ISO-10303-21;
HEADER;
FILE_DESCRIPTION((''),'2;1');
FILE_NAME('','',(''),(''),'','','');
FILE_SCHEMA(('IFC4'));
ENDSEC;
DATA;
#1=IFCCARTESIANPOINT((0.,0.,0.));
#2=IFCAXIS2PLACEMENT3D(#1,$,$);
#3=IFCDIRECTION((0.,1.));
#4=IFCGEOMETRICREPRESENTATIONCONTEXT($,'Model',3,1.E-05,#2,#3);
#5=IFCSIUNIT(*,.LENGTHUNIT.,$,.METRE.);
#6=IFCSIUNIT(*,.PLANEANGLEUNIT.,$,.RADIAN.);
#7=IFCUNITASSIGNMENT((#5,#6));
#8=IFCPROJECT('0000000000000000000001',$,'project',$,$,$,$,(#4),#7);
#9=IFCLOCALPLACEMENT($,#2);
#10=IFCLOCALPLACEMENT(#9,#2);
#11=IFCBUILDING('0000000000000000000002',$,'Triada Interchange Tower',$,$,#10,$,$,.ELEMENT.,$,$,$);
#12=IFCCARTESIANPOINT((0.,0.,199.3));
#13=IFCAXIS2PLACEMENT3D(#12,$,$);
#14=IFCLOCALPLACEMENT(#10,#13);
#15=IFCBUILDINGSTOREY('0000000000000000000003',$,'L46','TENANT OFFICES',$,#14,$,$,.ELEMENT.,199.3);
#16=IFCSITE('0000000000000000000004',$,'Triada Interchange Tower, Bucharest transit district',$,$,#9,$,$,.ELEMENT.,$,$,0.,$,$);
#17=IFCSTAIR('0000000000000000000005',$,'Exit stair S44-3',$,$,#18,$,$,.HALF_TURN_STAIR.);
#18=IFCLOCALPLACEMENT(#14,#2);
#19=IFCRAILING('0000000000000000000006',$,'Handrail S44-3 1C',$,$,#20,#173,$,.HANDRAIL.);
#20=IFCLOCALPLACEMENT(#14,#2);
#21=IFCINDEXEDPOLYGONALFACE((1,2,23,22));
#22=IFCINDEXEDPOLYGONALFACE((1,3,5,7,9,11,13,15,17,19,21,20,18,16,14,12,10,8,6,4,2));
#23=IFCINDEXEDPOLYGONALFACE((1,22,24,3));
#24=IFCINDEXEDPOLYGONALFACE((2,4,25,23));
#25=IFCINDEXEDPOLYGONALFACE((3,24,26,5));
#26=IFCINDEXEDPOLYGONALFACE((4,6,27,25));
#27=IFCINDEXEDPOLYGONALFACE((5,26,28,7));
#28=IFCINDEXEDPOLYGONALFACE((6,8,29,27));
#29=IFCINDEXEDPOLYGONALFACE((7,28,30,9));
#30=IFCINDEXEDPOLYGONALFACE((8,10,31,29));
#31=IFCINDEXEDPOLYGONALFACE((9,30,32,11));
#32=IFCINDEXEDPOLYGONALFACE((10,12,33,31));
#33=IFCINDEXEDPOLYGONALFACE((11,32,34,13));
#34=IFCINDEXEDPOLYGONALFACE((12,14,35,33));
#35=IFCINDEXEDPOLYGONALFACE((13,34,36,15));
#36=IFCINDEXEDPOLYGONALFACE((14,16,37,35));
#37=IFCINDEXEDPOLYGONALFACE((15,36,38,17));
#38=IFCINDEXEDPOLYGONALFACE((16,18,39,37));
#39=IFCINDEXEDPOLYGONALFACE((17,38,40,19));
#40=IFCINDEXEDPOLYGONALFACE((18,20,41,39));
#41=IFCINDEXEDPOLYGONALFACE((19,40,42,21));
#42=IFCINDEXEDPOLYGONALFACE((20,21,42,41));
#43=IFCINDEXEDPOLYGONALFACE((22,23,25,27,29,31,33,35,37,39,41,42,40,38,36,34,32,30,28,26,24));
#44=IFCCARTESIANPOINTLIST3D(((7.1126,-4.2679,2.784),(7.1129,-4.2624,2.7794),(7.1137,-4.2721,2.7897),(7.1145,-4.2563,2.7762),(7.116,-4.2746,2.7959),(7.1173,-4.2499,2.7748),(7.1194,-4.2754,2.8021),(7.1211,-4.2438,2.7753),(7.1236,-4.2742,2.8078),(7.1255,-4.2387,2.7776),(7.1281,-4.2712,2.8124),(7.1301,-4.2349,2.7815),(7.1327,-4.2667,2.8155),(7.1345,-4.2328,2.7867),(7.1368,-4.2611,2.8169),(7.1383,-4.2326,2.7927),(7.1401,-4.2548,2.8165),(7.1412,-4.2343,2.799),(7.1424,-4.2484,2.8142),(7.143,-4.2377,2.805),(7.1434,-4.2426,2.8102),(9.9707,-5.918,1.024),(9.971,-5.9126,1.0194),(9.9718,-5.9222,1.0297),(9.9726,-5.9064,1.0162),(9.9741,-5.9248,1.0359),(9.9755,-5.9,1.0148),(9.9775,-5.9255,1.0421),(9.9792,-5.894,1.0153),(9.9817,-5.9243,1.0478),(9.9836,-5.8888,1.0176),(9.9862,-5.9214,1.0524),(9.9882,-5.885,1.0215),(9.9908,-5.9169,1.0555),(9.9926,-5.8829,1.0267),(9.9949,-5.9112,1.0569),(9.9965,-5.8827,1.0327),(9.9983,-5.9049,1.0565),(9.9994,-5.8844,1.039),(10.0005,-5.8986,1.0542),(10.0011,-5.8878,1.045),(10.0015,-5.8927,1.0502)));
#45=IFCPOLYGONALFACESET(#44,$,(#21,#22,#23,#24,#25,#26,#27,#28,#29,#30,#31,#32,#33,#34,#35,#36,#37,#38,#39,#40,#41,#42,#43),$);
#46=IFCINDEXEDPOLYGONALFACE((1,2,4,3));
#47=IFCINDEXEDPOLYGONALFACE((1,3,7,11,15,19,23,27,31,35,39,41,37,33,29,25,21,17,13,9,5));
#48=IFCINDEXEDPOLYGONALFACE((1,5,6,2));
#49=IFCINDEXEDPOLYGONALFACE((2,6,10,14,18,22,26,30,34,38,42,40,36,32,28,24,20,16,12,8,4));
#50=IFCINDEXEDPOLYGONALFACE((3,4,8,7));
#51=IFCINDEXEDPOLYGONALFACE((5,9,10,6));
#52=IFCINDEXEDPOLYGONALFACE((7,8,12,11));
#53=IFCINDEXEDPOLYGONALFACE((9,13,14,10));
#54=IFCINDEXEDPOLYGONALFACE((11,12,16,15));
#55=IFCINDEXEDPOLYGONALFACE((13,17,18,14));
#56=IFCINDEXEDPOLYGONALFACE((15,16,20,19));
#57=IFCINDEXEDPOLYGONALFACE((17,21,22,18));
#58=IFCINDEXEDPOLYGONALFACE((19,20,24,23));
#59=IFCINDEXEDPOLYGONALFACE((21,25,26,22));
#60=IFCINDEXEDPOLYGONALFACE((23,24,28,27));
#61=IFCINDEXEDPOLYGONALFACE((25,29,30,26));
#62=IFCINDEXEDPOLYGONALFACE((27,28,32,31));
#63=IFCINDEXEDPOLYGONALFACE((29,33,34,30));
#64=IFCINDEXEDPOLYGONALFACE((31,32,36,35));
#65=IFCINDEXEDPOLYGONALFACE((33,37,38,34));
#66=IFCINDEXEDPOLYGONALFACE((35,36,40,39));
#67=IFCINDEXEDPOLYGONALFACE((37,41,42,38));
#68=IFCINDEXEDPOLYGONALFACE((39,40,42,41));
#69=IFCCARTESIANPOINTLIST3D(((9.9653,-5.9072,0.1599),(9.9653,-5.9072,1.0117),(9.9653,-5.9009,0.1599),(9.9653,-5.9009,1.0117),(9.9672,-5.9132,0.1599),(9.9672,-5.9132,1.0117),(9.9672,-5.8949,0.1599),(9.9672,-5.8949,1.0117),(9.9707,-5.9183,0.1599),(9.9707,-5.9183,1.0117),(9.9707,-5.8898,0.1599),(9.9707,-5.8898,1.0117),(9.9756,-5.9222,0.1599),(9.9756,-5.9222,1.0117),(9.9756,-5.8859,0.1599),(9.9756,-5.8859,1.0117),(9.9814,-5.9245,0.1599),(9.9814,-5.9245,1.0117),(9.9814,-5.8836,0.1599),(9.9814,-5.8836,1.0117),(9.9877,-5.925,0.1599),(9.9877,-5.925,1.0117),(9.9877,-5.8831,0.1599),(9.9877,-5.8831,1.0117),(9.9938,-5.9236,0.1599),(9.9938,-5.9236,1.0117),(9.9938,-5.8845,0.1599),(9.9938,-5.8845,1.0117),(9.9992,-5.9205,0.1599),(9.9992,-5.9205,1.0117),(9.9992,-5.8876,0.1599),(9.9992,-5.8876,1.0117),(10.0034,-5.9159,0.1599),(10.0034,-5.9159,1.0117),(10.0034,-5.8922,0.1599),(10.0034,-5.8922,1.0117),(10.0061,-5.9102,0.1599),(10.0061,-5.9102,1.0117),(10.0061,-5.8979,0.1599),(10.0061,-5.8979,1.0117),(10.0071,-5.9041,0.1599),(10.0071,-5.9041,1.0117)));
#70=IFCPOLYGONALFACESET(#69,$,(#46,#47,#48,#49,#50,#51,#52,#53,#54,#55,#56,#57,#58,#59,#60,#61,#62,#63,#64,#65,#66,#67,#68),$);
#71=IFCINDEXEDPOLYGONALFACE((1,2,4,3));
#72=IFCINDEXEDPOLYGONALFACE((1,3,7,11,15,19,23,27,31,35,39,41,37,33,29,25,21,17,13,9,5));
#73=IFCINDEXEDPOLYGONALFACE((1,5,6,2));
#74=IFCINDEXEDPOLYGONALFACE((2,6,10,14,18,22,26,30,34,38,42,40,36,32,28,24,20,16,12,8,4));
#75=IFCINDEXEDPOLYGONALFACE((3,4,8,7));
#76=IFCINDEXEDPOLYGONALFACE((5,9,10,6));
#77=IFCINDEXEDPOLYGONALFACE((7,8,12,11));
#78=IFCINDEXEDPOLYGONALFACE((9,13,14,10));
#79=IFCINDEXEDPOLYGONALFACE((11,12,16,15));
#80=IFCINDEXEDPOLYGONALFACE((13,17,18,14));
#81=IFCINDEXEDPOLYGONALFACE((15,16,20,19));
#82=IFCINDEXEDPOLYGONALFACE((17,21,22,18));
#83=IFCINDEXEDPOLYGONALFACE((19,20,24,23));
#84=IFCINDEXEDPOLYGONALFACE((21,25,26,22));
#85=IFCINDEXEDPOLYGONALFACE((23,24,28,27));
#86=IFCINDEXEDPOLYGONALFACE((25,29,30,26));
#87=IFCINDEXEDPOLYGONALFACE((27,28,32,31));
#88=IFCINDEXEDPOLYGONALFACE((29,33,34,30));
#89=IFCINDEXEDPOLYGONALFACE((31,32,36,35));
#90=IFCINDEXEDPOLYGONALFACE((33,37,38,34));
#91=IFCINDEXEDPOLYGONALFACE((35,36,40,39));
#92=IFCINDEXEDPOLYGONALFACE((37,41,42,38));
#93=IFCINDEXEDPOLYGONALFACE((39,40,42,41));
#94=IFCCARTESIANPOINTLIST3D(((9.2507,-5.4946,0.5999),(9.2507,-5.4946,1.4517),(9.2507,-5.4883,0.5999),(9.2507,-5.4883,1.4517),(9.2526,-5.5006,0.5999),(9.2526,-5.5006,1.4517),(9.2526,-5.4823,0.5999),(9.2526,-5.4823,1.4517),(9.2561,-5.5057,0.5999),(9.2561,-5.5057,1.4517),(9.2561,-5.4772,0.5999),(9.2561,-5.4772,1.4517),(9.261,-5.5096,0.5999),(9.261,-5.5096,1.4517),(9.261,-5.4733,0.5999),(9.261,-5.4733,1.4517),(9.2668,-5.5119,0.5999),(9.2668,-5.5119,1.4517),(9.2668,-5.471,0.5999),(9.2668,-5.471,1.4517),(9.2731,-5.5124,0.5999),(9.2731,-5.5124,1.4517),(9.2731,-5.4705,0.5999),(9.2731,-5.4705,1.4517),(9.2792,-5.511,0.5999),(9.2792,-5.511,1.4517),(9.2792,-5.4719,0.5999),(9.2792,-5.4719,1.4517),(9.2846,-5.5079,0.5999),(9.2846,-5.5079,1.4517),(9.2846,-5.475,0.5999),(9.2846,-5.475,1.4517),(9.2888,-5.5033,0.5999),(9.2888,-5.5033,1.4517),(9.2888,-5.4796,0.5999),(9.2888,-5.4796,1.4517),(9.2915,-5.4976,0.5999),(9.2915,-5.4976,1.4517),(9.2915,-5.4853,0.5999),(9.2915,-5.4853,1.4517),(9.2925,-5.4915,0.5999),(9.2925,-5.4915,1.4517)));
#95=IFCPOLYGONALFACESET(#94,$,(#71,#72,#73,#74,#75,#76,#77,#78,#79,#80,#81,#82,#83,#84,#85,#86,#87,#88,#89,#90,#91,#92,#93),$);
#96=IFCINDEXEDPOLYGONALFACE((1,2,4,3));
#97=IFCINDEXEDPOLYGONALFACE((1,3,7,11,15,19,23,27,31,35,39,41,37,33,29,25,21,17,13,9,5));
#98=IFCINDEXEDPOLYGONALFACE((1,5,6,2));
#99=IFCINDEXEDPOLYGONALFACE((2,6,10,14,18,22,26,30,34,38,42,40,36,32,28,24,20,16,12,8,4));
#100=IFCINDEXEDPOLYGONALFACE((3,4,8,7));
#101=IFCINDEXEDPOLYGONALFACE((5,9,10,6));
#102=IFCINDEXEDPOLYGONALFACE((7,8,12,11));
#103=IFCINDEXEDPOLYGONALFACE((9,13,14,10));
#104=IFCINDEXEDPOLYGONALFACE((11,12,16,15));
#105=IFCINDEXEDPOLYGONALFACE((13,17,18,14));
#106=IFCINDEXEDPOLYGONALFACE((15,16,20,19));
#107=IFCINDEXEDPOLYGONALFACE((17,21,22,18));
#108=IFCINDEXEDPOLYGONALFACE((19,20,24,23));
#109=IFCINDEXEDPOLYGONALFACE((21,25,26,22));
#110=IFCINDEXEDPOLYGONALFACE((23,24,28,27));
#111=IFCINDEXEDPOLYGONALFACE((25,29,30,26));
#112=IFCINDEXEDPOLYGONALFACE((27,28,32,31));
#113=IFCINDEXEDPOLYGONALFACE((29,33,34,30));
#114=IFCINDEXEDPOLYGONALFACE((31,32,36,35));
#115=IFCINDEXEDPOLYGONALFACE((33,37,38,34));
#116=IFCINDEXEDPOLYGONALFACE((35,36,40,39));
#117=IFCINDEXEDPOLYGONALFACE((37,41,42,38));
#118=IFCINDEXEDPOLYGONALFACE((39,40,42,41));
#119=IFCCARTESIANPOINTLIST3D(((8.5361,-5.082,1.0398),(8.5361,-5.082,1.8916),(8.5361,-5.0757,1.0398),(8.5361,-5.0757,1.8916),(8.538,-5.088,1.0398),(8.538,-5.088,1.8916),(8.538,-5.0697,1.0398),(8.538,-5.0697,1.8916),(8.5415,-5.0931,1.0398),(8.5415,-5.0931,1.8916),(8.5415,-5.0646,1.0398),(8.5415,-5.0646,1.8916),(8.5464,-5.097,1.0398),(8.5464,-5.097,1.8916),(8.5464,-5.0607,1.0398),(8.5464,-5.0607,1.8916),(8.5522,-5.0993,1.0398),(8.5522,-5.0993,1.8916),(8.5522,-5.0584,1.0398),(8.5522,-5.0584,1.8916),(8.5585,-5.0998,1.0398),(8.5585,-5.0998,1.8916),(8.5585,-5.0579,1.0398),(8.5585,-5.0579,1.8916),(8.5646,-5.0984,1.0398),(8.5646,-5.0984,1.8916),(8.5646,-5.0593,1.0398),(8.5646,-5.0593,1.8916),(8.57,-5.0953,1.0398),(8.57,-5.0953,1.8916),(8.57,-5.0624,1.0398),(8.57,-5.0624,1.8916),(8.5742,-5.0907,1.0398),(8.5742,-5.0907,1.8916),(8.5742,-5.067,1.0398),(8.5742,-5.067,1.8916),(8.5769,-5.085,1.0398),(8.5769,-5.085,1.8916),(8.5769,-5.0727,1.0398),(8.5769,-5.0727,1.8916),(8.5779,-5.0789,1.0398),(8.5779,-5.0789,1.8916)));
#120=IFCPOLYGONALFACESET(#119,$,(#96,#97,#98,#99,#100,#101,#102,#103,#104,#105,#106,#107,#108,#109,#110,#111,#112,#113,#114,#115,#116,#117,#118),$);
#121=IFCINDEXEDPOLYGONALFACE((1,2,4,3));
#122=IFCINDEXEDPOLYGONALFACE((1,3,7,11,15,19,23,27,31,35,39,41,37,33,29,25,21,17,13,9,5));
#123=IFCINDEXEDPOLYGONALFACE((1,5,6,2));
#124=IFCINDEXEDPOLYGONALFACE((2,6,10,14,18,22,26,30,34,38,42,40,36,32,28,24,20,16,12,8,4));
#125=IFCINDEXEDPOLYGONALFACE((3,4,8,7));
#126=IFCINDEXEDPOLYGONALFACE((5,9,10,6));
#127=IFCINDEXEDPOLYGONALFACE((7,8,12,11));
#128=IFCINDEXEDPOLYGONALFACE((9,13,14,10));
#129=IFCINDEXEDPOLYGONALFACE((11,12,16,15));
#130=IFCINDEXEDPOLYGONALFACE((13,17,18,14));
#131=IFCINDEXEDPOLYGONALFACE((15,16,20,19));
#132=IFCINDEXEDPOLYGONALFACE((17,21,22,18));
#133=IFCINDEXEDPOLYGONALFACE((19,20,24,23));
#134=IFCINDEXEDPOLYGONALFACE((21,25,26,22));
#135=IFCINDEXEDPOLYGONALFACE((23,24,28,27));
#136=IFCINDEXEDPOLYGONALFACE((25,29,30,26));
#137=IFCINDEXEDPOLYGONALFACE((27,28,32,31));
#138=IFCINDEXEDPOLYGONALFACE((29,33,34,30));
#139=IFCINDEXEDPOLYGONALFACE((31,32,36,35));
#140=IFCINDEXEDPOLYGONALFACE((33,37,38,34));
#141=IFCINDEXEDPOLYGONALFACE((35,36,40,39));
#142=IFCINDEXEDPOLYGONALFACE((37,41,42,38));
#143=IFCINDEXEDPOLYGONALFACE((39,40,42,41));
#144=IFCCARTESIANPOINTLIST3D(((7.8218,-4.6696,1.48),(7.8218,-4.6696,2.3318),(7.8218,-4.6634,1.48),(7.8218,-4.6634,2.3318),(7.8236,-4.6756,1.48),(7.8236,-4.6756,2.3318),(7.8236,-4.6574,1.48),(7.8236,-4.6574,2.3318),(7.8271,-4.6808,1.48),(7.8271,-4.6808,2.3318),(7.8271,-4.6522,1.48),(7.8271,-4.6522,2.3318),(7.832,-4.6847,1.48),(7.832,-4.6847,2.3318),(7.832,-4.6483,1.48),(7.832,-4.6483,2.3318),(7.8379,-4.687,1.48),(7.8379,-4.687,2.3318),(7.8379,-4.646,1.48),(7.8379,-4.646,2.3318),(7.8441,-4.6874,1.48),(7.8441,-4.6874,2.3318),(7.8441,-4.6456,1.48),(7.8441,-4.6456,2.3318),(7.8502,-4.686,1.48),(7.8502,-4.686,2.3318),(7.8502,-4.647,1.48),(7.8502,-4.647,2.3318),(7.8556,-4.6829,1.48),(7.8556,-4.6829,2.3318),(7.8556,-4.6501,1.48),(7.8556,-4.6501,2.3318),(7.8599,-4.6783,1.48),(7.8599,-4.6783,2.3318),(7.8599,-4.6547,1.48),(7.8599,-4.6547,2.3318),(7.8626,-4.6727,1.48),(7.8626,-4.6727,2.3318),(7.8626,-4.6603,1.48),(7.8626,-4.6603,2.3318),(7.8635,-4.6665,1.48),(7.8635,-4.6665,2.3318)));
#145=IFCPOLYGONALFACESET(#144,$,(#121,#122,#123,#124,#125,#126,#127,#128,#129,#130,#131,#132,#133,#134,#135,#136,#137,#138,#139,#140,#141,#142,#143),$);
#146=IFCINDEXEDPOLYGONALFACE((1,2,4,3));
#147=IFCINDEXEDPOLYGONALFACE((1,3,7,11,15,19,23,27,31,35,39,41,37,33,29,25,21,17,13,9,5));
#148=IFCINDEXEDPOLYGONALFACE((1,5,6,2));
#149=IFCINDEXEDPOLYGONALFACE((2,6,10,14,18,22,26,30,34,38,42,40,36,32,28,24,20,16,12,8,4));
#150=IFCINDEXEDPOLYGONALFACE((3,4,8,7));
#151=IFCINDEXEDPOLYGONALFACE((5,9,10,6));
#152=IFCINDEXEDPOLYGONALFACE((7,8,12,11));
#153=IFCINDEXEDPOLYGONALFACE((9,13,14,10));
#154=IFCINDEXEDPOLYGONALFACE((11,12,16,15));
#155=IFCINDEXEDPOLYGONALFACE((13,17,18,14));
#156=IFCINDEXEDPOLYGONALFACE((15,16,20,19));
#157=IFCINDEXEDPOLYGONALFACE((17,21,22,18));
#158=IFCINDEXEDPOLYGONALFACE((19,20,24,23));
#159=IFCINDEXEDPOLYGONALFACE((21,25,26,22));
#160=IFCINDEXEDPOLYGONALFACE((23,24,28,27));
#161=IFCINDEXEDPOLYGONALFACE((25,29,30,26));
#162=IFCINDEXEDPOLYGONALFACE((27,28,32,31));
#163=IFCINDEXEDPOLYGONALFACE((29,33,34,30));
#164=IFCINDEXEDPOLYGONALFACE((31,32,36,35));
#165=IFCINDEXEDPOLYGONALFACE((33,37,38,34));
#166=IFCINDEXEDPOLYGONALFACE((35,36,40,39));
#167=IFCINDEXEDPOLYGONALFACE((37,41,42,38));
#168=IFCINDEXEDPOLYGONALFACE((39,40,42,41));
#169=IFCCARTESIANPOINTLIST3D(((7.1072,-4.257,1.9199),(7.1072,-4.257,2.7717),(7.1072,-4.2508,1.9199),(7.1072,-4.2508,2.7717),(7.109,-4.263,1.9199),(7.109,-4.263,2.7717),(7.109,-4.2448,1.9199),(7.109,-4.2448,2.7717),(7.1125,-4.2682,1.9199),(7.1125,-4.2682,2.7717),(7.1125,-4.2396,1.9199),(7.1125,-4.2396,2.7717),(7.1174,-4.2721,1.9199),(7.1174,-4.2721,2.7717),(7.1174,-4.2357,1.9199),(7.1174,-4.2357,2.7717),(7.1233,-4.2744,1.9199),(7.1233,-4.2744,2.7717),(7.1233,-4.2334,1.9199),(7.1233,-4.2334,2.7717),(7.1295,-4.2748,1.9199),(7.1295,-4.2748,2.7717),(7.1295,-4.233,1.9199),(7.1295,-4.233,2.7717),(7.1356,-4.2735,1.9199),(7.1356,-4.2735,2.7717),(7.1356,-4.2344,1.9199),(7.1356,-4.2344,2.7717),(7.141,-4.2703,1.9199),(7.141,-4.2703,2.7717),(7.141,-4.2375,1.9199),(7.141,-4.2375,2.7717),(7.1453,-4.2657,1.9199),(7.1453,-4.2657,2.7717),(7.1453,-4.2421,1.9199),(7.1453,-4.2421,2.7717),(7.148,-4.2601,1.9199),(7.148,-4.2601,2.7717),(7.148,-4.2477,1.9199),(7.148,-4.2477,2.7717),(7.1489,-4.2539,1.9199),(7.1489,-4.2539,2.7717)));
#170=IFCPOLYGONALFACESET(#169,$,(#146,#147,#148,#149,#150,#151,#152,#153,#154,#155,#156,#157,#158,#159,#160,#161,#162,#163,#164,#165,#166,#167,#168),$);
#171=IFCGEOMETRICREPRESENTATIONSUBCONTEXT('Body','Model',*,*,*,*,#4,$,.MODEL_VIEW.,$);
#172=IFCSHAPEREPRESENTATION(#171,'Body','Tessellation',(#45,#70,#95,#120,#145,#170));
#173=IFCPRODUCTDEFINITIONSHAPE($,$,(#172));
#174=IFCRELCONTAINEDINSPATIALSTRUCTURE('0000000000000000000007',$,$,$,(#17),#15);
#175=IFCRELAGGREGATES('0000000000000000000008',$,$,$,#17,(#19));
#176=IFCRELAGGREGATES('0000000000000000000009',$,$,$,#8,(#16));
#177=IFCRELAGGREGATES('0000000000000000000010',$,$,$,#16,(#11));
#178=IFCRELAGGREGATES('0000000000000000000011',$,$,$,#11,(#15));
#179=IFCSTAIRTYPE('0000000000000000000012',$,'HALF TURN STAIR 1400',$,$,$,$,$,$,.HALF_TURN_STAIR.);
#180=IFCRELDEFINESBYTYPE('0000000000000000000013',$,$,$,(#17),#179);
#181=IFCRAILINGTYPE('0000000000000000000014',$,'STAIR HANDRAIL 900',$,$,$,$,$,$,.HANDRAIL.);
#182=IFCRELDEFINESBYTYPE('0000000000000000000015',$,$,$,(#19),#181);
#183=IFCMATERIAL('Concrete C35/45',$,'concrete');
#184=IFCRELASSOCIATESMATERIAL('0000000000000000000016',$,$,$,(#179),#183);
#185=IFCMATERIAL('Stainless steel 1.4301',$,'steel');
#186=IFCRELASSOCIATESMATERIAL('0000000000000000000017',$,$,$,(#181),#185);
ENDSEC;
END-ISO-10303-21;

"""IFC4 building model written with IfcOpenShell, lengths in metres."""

from ifc_helpers import new_model, si_unit, direction, frame, origin, origin_2d, place, context, subcontext, project, spatial, circle, extrude, material, type_object, element, aggregate, save


model = new_model("IFC4")

# Units and contexts
model_context = context("Model", 3, precision=1e-05, world=origin(), true_north=direction((0.0, 1.0)))
body_context = subcontext(model_context, "Body", "Model", "MODEL_VIEW")
ifc_project = project(units=[si_unit("LENGTHUNIT", "METRE"), si_unit("PLANEANGLEUNIT", "RADIAN")], contexts=[model_context])

# Site, building, storey
site_placement = place(None, origin())
site = spatial("IfcSite", under=ifc_project, at=site_placement, Name="Triada Interchange Tower, Bucharest transit district", CompositionType="ELEMENT", RefElevation=0.0)
building_placement = place(site_placement, origin())
building = spatial("IfcBuilding", under=site, at=building_placement, Name="Triada Interchange Tower", CompositionType="ELEMENT")
storey_placement = place(building_placement, frame((0.0, 0.0, 199.3)))
storey = spatial("IfcBuildingStorey", under=building, at=storey_placement, Name="L46", Description="TENANT OFFICES", CompositionType="ELEMENT", Elevation=199.3)

# Stair, railing
ifc_material_1 = material(Name="Concrete C35/45", Category="concrete")
stair_type = type_object("IfcStairType", Name="HALF TURN STAIR 1400", PredefinedType="HALF_TURN_STAIR", material=ifc_material_1)
stair_placement = place(storey_placement, origin())
stair = element("IfcStair", 1, at=stair_placement, inside=storey, type_object=stair_type, Name="Exit stair S44-3", PredefinedType="HALF_TURN_STAIR")
ifc_material_2 = material(Name="Stainless steel 1.4301", Category="steel")
railing_type = type_object("IfcRailingType", Name="STAIR HANDRAIL 900", PredefinedType="HANDRAIL", material=ifc_material_2)
railing_1_placement = place(storey_placement, frame((9.9861, -5.9041, 0.1599)))
railing_1 = element("IfcRailing", 2, at=railing_1_placement, type_object=railing_type, Name="Handrail S44-3 1C", PredefinedType="HANDRAIL", context=body_context, shape_type="SweptSolid", body=[
    extrude(circle(Radius=0.0239, at=origin_2d()), frame((0.0, 0.0, 0.876), z_axis=(-0.764156, 0.441183, 0.470556), x_axis=(-0.499998, -0.866027, 0.0)), (0.0, 0.0, 1.0), 3.7402),
    extrude(circle(Radius=0.021, at=origin_2d()), origin(), (0.0, 0.0, 1.0), 0.8518),
    extrude(circle(Radius=0.021, at=origin_2d()), frame((-0.7146, 0.4126, 0.4399)), (0.0, 0.0, 1.0), 0.8518),
    extrude(circle(Radius=0.021, at=origin_2d()), frame((-1.4292, 0.8252, 0.8799)), (0.0, 0.0, 1.0), 0.8518),
    extrude(circle(Radius=0.021, at=origin_2d()), frame((-2.1436, 1.2375, 1.3201)), (0.0, 0.0, 1.0), 0.8518),
    extrude(circle(Radius=0.021, at=origin_2d()), frame((-2.8582, 1.6501, 1.76)), (0.0, 0.0, 1.0), 0.8518),
])
aggregate(stair, [railing_1])

save(model, "model.ifc")
